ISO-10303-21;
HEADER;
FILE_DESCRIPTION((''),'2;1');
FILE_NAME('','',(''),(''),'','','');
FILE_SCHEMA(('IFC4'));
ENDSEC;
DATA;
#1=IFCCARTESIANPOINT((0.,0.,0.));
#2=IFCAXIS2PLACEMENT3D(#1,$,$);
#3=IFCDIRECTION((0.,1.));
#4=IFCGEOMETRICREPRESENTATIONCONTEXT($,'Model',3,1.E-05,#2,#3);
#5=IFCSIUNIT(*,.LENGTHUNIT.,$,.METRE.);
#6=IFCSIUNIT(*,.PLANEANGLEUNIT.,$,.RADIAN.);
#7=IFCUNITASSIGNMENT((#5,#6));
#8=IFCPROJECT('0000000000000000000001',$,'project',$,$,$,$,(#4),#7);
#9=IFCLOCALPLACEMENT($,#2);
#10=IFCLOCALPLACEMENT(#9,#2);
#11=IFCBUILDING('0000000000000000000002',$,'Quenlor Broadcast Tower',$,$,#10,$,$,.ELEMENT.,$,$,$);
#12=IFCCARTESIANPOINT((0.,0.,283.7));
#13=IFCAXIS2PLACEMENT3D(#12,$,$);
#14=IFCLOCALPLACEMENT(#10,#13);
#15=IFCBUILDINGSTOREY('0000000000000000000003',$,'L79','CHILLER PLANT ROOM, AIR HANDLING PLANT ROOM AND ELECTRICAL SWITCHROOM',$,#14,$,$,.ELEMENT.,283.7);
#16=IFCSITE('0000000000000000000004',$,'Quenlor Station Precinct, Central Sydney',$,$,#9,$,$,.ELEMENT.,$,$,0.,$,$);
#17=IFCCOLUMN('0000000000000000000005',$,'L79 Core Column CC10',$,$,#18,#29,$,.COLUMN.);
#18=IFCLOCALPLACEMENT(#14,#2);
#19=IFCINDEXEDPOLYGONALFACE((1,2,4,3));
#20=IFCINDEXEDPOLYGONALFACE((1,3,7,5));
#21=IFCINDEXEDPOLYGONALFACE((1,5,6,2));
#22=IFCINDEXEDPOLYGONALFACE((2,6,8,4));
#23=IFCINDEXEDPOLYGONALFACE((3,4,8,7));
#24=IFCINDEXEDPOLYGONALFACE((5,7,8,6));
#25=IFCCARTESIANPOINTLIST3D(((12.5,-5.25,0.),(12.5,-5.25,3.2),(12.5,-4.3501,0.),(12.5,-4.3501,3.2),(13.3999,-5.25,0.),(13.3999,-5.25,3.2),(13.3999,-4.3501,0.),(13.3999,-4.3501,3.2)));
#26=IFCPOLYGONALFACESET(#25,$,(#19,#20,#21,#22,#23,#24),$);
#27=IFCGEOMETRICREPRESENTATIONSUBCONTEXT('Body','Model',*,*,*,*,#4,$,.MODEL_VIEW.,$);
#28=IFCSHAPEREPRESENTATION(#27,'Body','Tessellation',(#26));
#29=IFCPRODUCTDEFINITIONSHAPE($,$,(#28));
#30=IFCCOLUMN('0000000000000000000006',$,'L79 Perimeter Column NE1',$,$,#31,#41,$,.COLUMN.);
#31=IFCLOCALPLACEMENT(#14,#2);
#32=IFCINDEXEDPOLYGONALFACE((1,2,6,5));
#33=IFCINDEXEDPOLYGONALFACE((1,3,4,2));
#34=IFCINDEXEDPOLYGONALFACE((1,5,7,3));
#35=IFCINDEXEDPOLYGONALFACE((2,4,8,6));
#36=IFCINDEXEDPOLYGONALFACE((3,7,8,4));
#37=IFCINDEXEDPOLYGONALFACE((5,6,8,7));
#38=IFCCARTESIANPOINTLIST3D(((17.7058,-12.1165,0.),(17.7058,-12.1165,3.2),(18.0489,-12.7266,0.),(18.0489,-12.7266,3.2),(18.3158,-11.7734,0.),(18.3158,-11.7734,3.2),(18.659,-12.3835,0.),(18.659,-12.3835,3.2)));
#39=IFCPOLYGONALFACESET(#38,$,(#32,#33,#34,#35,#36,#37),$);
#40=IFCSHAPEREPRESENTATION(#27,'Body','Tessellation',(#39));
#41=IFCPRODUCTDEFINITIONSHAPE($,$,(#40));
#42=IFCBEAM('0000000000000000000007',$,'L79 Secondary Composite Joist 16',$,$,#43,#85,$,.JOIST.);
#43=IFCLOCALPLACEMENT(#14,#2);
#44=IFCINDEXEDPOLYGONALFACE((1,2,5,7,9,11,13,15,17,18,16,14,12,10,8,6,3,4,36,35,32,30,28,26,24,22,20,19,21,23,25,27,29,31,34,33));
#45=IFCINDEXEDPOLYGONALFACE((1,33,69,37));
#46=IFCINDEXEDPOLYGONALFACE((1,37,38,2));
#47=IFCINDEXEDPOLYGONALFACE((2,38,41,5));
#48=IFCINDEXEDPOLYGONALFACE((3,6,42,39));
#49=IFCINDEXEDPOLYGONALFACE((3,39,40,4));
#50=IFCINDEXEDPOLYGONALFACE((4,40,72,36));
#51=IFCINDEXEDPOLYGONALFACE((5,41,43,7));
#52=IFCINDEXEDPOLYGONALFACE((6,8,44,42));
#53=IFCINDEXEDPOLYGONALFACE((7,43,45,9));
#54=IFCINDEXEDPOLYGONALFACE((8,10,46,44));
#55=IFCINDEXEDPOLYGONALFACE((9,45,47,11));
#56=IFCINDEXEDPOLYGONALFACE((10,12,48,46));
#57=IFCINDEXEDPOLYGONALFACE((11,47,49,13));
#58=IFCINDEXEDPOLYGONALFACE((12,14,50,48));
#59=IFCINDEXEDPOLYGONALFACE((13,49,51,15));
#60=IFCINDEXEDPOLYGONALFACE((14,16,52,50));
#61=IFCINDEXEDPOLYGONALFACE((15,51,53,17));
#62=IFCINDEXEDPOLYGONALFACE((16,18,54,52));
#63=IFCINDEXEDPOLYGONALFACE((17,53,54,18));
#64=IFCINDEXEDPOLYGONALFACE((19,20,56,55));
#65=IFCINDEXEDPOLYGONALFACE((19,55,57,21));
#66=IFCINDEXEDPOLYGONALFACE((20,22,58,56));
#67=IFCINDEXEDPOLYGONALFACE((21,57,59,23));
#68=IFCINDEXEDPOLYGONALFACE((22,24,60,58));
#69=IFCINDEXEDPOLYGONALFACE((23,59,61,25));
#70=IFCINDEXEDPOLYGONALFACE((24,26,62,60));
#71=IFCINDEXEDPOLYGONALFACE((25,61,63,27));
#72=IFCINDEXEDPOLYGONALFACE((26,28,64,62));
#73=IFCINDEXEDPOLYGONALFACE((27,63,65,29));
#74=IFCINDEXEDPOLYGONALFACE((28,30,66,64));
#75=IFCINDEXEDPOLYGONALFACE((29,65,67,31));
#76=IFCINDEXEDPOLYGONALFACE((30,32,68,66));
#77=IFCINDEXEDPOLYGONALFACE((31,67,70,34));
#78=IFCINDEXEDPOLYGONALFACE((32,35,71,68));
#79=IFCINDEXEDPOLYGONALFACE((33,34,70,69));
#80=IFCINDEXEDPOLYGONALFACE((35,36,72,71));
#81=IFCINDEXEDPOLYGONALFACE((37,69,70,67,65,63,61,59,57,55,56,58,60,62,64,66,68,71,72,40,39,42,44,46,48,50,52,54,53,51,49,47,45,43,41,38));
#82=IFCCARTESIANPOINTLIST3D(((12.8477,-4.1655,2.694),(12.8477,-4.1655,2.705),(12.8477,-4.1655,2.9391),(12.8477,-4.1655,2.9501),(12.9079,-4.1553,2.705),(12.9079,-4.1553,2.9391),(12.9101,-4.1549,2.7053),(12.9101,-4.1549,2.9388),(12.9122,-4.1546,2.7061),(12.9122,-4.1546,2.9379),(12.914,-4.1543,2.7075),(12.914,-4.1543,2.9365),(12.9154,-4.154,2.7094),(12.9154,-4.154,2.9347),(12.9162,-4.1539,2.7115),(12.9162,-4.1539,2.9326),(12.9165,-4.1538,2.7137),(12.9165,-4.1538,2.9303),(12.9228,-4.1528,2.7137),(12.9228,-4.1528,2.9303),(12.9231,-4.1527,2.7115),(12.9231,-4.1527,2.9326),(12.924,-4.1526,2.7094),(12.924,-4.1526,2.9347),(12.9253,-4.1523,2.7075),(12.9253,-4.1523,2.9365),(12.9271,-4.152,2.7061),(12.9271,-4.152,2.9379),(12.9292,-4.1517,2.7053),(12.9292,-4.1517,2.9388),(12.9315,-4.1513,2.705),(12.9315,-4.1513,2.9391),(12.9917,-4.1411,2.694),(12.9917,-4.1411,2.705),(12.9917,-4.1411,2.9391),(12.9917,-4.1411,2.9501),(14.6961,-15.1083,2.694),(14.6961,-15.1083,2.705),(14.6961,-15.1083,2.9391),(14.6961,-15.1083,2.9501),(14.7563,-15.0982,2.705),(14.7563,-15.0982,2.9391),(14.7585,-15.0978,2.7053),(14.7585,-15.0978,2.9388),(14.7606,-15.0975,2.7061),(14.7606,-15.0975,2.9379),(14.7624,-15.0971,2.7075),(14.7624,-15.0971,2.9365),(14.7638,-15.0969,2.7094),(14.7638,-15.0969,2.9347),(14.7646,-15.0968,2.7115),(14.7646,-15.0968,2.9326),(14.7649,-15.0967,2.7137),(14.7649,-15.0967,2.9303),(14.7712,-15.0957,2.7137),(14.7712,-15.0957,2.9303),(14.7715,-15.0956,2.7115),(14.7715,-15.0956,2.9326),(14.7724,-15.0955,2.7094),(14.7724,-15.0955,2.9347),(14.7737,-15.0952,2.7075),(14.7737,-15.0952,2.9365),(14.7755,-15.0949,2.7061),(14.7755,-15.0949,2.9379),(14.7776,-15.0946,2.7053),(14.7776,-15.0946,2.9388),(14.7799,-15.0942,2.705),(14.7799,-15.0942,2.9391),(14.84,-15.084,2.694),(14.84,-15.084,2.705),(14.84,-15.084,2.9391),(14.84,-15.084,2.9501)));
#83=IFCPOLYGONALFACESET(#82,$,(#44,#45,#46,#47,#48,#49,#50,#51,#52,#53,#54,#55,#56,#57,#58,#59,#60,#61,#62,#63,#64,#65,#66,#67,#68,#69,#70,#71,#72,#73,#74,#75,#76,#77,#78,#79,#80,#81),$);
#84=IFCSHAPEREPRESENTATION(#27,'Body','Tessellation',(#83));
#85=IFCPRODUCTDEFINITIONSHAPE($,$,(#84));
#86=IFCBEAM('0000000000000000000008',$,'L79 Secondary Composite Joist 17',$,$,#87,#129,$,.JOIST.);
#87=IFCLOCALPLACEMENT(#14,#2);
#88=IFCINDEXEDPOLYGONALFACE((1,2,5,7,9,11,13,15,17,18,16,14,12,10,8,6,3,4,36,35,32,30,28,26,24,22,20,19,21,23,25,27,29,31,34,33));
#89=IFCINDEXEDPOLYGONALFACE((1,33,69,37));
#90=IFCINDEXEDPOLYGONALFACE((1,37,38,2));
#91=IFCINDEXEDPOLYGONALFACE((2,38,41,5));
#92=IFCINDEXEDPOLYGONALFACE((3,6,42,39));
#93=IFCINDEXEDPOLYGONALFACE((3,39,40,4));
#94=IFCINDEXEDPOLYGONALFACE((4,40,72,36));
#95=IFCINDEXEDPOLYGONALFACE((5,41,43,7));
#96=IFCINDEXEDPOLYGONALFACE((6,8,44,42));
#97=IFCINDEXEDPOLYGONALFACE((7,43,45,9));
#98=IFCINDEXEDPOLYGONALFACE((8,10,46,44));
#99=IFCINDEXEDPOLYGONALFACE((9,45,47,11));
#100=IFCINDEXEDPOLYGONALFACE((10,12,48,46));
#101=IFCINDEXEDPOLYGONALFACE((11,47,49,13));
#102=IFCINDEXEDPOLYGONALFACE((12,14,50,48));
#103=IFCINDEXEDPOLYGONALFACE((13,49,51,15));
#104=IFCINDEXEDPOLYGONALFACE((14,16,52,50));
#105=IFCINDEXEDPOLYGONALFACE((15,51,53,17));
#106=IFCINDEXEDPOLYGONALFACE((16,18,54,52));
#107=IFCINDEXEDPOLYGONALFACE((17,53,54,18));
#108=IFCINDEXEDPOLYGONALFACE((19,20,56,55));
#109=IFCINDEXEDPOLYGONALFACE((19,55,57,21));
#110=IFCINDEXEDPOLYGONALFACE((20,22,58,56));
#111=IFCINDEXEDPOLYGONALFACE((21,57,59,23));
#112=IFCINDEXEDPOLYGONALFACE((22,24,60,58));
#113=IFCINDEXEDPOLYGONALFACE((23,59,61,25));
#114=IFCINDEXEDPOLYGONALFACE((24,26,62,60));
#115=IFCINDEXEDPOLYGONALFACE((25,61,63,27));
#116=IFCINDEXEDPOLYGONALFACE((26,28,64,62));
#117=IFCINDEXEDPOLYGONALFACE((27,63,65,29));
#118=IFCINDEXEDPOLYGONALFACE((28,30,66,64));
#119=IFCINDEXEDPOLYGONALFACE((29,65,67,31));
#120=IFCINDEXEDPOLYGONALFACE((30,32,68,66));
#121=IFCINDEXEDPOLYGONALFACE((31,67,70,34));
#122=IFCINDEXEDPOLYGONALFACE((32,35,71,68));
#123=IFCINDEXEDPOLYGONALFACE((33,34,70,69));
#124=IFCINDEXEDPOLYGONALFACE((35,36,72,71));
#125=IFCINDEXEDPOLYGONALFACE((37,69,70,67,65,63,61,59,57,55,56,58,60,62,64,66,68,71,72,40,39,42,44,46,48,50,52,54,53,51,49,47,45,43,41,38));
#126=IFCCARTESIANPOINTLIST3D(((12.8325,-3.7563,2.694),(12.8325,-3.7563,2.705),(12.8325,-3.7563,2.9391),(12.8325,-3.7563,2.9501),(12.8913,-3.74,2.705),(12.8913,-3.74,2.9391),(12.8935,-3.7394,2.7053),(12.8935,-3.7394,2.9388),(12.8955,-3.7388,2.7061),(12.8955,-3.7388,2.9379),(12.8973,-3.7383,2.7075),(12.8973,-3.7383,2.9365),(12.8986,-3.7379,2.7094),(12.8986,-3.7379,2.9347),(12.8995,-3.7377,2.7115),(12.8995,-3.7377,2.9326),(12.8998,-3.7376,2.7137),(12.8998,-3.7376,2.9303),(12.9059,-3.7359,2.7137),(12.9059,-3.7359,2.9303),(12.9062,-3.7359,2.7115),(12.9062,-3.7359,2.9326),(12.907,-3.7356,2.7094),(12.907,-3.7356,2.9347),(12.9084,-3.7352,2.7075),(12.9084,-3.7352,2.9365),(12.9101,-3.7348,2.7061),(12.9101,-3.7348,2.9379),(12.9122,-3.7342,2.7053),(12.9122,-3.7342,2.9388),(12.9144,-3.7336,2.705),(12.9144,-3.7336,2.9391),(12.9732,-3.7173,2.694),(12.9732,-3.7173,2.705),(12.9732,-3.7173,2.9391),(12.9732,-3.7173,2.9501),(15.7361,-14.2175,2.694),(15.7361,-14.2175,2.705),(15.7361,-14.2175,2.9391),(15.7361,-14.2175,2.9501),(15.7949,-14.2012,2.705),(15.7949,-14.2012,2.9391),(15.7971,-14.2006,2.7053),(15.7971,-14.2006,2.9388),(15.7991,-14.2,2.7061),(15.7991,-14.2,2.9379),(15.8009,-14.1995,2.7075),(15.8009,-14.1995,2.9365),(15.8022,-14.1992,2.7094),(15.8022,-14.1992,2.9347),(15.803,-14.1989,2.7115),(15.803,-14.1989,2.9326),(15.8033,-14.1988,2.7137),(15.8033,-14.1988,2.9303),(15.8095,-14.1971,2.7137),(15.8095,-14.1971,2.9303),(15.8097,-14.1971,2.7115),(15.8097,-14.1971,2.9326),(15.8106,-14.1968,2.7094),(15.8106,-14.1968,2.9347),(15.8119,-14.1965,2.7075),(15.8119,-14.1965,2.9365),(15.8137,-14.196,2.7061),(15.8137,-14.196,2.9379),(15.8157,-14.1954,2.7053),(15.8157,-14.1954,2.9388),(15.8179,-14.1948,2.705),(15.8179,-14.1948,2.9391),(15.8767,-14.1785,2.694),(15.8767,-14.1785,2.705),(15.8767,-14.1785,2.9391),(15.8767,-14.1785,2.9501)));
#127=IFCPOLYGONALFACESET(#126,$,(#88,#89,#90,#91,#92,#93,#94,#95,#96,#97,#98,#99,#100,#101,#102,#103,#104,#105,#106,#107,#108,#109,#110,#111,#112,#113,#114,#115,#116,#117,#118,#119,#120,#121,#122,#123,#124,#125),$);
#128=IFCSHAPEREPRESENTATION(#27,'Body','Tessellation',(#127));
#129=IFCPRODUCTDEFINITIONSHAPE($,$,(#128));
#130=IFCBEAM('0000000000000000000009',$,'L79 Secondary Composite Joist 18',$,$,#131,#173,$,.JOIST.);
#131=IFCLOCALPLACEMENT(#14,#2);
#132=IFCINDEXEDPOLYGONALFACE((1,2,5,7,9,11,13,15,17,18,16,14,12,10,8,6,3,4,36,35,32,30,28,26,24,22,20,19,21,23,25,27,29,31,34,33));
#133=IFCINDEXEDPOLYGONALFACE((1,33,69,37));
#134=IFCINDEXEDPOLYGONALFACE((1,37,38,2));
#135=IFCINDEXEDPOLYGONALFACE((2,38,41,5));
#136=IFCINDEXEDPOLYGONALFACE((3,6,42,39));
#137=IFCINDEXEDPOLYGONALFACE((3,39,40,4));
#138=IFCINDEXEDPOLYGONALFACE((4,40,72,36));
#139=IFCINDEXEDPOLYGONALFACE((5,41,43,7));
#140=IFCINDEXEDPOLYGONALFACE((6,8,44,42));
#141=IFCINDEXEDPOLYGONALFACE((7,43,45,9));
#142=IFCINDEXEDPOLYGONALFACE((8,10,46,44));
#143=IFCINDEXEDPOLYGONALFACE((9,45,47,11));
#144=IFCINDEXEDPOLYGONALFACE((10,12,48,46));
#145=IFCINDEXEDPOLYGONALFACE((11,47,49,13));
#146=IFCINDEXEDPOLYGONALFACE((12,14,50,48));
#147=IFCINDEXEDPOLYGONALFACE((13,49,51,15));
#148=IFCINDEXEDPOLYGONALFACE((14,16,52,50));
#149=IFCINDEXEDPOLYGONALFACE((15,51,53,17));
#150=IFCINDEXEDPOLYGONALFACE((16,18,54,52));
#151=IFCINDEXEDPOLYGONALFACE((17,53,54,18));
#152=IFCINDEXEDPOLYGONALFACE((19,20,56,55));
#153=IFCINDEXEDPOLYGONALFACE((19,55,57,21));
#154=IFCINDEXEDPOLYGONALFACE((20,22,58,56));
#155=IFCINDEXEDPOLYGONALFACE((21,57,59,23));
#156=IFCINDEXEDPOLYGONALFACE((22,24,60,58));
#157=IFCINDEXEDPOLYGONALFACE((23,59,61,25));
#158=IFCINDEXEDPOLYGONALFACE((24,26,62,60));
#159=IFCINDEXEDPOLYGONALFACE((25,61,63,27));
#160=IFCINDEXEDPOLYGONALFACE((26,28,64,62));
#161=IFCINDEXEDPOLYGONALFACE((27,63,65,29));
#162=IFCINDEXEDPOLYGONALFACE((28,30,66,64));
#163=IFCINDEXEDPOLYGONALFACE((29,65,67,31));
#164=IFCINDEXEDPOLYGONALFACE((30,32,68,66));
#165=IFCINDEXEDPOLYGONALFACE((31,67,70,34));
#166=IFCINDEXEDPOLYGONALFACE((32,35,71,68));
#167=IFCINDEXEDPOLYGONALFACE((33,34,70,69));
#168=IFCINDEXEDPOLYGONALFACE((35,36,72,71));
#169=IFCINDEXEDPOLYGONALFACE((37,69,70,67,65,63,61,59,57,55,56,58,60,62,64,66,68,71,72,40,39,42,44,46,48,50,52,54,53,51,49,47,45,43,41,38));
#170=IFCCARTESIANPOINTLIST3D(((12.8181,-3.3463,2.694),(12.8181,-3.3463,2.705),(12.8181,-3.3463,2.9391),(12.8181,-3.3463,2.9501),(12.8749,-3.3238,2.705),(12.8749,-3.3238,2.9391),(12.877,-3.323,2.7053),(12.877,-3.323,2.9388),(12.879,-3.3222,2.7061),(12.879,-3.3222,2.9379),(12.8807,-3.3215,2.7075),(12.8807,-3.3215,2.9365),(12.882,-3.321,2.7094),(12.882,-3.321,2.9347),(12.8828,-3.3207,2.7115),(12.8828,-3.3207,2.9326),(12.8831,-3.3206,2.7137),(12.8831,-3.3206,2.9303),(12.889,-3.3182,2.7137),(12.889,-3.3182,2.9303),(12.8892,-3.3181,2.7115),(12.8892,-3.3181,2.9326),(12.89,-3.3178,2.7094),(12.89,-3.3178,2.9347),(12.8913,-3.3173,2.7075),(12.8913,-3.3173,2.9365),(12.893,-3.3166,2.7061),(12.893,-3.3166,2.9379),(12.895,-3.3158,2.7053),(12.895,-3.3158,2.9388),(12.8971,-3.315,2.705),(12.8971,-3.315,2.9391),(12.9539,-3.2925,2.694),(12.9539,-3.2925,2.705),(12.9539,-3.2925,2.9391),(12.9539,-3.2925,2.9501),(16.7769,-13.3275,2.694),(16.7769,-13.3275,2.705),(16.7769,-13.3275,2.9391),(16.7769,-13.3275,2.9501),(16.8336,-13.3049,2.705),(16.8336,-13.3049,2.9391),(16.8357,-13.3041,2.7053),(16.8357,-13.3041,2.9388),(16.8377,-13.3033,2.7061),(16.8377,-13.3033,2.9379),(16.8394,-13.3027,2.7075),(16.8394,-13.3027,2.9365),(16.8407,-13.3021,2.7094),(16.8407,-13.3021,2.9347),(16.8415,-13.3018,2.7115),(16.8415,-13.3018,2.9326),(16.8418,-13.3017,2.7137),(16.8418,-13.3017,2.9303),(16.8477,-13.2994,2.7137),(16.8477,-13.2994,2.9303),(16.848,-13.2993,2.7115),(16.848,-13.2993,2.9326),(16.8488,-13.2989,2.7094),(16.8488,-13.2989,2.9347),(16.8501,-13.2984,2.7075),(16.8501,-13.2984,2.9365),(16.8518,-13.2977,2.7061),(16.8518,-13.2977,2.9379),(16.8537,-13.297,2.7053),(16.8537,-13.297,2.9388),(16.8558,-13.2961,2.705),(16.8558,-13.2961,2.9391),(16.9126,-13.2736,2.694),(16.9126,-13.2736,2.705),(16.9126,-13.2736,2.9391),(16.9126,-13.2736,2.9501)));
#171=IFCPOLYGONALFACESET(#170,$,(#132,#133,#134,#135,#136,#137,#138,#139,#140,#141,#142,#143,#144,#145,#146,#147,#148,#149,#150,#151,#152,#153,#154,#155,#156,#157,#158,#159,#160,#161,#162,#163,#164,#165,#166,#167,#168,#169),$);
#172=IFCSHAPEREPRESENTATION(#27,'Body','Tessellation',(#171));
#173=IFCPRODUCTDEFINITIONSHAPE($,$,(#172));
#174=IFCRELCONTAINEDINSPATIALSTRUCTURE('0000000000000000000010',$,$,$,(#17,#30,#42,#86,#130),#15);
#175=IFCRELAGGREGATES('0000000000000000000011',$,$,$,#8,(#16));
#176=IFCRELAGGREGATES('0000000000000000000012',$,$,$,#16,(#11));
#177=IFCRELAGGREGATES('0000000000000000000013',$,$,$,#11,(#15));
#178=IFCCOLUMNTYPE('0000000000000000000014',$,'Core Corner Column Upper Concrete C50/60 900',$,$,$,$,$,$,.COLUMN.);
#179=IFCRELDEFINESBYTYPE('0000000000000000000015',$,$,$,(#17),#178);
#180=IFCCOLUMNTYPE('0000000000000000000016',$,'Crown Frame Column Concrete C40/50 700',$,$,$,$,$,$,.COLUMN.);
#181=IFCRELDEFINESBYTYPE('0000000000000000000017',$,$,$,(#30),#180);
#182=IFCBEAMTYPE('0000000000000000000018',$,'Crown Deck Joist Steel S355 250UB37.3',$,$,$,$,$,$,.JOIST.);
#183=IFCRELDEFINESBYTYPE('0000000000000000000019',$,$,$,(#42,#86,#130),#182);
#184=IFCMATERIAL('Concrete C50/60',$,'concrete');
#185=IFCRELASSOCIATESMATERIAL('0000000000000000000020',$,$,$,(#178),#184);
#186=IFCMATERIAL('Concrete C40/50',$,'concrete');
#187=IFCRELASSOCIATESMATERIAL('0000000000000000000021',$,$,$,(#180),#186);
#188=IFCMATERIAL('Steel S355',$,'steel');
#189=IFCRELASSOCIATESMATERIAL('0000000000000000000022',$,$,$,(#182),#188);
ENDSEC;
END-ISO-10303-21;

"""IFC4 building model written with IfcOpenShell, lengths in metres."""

from ifc_helpers import new_model, si_unit, direction, frame, origin, origin_2d, place, context, subcontext, project, spatial, rectangle, i_section, extrude, material, material_profile, profile_set, type_object, element, save


model = new_model("IFC4")

# Units and contexts
model_context = context("Model", 3, precision=1e-05, world=origin(), true_north=direction((0.0, 1.0)))
body_context = subcontext(model_context, "Body", "Model", "MODEL_VIEW")
ifc_project = project(units=[si_unit("LENGTHUNIT", "METRE"), si_unit("PLANEANGLEUNIT", "RADIAN")], contexts=[model_context])

# Site, building, storey
site_placement = place(None, origin())
site = spatial("IfcSite", under=ifc_project, at=site_placement, Name="Quenlor Station Precinct, Central Sydney", CompositionType="ELEMENT", RefElevation=0.0)
building_placement = place(site_placement, origin())
building = spatial("IfcBuilding", under=site, at=building_placement, Name="Quenlor Broadcast Tower", CompositionType="ELEMENT")
storey_placement = place(building_placement, frame((0.0, 0.0, 283.7)))
storey = spatial("IfcBuildingStorey", under=building, at=storey_placement, Name="L79", Description="CHILLER PLANT ROOM, AIR HANDLING PLANT ROOM AND ELECTRICAL SWITCHROOM", CompositionType="ELEMENT", Elevation=283.7)

# Columns
ifc_material_1 = material(Name="Concrete C50/60", Category="concrete")
ifc_material_profile_1 = material_profile(ifc_material_1, rectangle(XDim=0.8999, YDim=0.8999, at=origin_2d()))
ifc_profile_set_1 = profile_set([ifc_material_profile_1], Name="Concrete C50/60 RC900x900")
column_type_1 = type_object("IfcColumnType", Name="Core Corner Column Upper Concrete C50/60 900", PredefinedType="COLUMN", material=ifc_profile_set_1)
column_1_placement = place(storey_placement, frame((12.95, -4.8, 0.0), z_axis=(0.0, 0.0, 1.0), x_axis=(1.0, 0.0, 0.0)))
element("IfcColumn", 1, at=column_1_placement, inside=storey, type_object=column_type_1, Name="L79 Core Column CC10", PredefinedType="COLUMN", context=body_context, shape_type="SweptSolid", body=[
    extrude(rectangle(XDim=0.8999, YDim=0.8999, at=origin_2d()), origin(), (0.0, 0.0, 1.0), 3.2),
])
ifc_material_2 = material(Name="Concrete C40/50", Category="concrete")
ifc_material_profile_2 = material_profile(ifc_material_2, rectangle(XDim=0.7, YDim=0.7, at=origin_2d()))
ifc_profile_set_2 = profile_set([ifc_material_profile_2], Name="Concrete C40/50 RC700x700")
column_type_2 = type_object("IfcColumnType", Name="Crown Frame Column Concrete C40/50 700", PredefinedType="COLUMN", material=ifc_profile_set_2)
column_2_placement = place(storey_placement, frame((18.1824, -12.25, 0.0), z_axis=(0.0, 0.0, 1.0), x_axis=(0.871575, 0.490262, 0.0)))
element("IfcColumn", 2, at=column_2_placement, inside=storey, type_object=column_type_2, Name="L79 Perimeter Column NE1", PredefinedType="COLUMN", context=body_context, shape_type="SweptSolid", body=[
    extrude(rectangle(XDim=0.7, YDim=0.7, at=origin_2d()), origin(), (0.0, 0.0, 1.0), 3.2),
])

# Beams
ifc_material_3 = material(Name="Steel S355", Category="steel")
ifc_material_profile_3 = material_profile(ifc_material_3, i_section(OverallWidth=0.146, OverallDepth=0.2561, WebThickness=0.0063, FlangeThickness=0.011, FilletRadius=0.0088, at=origin_2d()))
ifc_profile_set_3 = profile_set([ifc_material_profile_3], Name="Steel S355 250UB37.3")
beam_type_1 = type_object("IfcBeamType", Name="Crown Deck Joist Steel S355 250UB37.3", PredefinedType="JOIST", material=ifc_profile_set_3)
beam_1_placement = place(storey_placement, frame((14.7681, -15.0962, 2.822), z_axis=(-0.166553, 0.986032, 0.0), x_axis=(-0.986032, -0.166553, 0.0)))
element("IfcBeam", 3, at=beam_1_placement, inside=storey, type_object=beam_type_1, Name="L79 Secondary Composite Joist 16", PredefinedType="JOIST", context=body_context, shape_type="SweptSolid", body=[
    extrude(i_section(OverallWidth=0.146, OverallDepth=0.2561, WebThickness=0.0063, FlangeThickness=0.011, FilletRadius=0.0088, at=origin_2d()), origin(), (0.0, 0.0, 1.0), 11.0979),
])
beam_2_placement = place(storey_placement, frame((15.8064, -14.198, 2.822), z_axis=(-0.267446, 0.963573, 0.0), x_axis=(-0.963573, -0.267446, 0.0)))
element("IfcBeam", 4, at=beam_2_placement, inside=storey, type_object=beam_type_1, Name="L79 Secondary Composite Joist 17", PredefinedType="JOIST", context=body_context, shape_type="SweptSolid", body=[
    extrude(i_section(OverallWidth=0.146, OverallDepth=0.2561, WebThickness=0.0063, FlangeThickness=0.011, FilletRadius=0.0088, at=origin_2d()), origin(), (0.0, 0.0, 1.0), 10.8567),
])
beam_3_placement = place(storey_placement, frame((16.8447, -13.3005, 2.822), z_axis=(-0.36868, 0.929556, 0.0), x_axis=(-0.929556, -0.36868, 0.0)))
element("IfcBeam", 5, at=beam_3_placement, inside=storey, type_object=beam_type_1, Name="L79 Secondary Composite Joist 18", PredefinedType="JOIST", context=body_context, shape_type="SweptSolid", body=[
    extrude(i_section(OverallWidth=0.146, OverallDepth=0.2561, WebThickness=0.0063, FlangeThickness=0.011, FilletRadius=0.0088, at=origin_2d()), origin(), (0.0, 0.0, 1.0), 10.7375),
])

save(model, "model.ifc")
